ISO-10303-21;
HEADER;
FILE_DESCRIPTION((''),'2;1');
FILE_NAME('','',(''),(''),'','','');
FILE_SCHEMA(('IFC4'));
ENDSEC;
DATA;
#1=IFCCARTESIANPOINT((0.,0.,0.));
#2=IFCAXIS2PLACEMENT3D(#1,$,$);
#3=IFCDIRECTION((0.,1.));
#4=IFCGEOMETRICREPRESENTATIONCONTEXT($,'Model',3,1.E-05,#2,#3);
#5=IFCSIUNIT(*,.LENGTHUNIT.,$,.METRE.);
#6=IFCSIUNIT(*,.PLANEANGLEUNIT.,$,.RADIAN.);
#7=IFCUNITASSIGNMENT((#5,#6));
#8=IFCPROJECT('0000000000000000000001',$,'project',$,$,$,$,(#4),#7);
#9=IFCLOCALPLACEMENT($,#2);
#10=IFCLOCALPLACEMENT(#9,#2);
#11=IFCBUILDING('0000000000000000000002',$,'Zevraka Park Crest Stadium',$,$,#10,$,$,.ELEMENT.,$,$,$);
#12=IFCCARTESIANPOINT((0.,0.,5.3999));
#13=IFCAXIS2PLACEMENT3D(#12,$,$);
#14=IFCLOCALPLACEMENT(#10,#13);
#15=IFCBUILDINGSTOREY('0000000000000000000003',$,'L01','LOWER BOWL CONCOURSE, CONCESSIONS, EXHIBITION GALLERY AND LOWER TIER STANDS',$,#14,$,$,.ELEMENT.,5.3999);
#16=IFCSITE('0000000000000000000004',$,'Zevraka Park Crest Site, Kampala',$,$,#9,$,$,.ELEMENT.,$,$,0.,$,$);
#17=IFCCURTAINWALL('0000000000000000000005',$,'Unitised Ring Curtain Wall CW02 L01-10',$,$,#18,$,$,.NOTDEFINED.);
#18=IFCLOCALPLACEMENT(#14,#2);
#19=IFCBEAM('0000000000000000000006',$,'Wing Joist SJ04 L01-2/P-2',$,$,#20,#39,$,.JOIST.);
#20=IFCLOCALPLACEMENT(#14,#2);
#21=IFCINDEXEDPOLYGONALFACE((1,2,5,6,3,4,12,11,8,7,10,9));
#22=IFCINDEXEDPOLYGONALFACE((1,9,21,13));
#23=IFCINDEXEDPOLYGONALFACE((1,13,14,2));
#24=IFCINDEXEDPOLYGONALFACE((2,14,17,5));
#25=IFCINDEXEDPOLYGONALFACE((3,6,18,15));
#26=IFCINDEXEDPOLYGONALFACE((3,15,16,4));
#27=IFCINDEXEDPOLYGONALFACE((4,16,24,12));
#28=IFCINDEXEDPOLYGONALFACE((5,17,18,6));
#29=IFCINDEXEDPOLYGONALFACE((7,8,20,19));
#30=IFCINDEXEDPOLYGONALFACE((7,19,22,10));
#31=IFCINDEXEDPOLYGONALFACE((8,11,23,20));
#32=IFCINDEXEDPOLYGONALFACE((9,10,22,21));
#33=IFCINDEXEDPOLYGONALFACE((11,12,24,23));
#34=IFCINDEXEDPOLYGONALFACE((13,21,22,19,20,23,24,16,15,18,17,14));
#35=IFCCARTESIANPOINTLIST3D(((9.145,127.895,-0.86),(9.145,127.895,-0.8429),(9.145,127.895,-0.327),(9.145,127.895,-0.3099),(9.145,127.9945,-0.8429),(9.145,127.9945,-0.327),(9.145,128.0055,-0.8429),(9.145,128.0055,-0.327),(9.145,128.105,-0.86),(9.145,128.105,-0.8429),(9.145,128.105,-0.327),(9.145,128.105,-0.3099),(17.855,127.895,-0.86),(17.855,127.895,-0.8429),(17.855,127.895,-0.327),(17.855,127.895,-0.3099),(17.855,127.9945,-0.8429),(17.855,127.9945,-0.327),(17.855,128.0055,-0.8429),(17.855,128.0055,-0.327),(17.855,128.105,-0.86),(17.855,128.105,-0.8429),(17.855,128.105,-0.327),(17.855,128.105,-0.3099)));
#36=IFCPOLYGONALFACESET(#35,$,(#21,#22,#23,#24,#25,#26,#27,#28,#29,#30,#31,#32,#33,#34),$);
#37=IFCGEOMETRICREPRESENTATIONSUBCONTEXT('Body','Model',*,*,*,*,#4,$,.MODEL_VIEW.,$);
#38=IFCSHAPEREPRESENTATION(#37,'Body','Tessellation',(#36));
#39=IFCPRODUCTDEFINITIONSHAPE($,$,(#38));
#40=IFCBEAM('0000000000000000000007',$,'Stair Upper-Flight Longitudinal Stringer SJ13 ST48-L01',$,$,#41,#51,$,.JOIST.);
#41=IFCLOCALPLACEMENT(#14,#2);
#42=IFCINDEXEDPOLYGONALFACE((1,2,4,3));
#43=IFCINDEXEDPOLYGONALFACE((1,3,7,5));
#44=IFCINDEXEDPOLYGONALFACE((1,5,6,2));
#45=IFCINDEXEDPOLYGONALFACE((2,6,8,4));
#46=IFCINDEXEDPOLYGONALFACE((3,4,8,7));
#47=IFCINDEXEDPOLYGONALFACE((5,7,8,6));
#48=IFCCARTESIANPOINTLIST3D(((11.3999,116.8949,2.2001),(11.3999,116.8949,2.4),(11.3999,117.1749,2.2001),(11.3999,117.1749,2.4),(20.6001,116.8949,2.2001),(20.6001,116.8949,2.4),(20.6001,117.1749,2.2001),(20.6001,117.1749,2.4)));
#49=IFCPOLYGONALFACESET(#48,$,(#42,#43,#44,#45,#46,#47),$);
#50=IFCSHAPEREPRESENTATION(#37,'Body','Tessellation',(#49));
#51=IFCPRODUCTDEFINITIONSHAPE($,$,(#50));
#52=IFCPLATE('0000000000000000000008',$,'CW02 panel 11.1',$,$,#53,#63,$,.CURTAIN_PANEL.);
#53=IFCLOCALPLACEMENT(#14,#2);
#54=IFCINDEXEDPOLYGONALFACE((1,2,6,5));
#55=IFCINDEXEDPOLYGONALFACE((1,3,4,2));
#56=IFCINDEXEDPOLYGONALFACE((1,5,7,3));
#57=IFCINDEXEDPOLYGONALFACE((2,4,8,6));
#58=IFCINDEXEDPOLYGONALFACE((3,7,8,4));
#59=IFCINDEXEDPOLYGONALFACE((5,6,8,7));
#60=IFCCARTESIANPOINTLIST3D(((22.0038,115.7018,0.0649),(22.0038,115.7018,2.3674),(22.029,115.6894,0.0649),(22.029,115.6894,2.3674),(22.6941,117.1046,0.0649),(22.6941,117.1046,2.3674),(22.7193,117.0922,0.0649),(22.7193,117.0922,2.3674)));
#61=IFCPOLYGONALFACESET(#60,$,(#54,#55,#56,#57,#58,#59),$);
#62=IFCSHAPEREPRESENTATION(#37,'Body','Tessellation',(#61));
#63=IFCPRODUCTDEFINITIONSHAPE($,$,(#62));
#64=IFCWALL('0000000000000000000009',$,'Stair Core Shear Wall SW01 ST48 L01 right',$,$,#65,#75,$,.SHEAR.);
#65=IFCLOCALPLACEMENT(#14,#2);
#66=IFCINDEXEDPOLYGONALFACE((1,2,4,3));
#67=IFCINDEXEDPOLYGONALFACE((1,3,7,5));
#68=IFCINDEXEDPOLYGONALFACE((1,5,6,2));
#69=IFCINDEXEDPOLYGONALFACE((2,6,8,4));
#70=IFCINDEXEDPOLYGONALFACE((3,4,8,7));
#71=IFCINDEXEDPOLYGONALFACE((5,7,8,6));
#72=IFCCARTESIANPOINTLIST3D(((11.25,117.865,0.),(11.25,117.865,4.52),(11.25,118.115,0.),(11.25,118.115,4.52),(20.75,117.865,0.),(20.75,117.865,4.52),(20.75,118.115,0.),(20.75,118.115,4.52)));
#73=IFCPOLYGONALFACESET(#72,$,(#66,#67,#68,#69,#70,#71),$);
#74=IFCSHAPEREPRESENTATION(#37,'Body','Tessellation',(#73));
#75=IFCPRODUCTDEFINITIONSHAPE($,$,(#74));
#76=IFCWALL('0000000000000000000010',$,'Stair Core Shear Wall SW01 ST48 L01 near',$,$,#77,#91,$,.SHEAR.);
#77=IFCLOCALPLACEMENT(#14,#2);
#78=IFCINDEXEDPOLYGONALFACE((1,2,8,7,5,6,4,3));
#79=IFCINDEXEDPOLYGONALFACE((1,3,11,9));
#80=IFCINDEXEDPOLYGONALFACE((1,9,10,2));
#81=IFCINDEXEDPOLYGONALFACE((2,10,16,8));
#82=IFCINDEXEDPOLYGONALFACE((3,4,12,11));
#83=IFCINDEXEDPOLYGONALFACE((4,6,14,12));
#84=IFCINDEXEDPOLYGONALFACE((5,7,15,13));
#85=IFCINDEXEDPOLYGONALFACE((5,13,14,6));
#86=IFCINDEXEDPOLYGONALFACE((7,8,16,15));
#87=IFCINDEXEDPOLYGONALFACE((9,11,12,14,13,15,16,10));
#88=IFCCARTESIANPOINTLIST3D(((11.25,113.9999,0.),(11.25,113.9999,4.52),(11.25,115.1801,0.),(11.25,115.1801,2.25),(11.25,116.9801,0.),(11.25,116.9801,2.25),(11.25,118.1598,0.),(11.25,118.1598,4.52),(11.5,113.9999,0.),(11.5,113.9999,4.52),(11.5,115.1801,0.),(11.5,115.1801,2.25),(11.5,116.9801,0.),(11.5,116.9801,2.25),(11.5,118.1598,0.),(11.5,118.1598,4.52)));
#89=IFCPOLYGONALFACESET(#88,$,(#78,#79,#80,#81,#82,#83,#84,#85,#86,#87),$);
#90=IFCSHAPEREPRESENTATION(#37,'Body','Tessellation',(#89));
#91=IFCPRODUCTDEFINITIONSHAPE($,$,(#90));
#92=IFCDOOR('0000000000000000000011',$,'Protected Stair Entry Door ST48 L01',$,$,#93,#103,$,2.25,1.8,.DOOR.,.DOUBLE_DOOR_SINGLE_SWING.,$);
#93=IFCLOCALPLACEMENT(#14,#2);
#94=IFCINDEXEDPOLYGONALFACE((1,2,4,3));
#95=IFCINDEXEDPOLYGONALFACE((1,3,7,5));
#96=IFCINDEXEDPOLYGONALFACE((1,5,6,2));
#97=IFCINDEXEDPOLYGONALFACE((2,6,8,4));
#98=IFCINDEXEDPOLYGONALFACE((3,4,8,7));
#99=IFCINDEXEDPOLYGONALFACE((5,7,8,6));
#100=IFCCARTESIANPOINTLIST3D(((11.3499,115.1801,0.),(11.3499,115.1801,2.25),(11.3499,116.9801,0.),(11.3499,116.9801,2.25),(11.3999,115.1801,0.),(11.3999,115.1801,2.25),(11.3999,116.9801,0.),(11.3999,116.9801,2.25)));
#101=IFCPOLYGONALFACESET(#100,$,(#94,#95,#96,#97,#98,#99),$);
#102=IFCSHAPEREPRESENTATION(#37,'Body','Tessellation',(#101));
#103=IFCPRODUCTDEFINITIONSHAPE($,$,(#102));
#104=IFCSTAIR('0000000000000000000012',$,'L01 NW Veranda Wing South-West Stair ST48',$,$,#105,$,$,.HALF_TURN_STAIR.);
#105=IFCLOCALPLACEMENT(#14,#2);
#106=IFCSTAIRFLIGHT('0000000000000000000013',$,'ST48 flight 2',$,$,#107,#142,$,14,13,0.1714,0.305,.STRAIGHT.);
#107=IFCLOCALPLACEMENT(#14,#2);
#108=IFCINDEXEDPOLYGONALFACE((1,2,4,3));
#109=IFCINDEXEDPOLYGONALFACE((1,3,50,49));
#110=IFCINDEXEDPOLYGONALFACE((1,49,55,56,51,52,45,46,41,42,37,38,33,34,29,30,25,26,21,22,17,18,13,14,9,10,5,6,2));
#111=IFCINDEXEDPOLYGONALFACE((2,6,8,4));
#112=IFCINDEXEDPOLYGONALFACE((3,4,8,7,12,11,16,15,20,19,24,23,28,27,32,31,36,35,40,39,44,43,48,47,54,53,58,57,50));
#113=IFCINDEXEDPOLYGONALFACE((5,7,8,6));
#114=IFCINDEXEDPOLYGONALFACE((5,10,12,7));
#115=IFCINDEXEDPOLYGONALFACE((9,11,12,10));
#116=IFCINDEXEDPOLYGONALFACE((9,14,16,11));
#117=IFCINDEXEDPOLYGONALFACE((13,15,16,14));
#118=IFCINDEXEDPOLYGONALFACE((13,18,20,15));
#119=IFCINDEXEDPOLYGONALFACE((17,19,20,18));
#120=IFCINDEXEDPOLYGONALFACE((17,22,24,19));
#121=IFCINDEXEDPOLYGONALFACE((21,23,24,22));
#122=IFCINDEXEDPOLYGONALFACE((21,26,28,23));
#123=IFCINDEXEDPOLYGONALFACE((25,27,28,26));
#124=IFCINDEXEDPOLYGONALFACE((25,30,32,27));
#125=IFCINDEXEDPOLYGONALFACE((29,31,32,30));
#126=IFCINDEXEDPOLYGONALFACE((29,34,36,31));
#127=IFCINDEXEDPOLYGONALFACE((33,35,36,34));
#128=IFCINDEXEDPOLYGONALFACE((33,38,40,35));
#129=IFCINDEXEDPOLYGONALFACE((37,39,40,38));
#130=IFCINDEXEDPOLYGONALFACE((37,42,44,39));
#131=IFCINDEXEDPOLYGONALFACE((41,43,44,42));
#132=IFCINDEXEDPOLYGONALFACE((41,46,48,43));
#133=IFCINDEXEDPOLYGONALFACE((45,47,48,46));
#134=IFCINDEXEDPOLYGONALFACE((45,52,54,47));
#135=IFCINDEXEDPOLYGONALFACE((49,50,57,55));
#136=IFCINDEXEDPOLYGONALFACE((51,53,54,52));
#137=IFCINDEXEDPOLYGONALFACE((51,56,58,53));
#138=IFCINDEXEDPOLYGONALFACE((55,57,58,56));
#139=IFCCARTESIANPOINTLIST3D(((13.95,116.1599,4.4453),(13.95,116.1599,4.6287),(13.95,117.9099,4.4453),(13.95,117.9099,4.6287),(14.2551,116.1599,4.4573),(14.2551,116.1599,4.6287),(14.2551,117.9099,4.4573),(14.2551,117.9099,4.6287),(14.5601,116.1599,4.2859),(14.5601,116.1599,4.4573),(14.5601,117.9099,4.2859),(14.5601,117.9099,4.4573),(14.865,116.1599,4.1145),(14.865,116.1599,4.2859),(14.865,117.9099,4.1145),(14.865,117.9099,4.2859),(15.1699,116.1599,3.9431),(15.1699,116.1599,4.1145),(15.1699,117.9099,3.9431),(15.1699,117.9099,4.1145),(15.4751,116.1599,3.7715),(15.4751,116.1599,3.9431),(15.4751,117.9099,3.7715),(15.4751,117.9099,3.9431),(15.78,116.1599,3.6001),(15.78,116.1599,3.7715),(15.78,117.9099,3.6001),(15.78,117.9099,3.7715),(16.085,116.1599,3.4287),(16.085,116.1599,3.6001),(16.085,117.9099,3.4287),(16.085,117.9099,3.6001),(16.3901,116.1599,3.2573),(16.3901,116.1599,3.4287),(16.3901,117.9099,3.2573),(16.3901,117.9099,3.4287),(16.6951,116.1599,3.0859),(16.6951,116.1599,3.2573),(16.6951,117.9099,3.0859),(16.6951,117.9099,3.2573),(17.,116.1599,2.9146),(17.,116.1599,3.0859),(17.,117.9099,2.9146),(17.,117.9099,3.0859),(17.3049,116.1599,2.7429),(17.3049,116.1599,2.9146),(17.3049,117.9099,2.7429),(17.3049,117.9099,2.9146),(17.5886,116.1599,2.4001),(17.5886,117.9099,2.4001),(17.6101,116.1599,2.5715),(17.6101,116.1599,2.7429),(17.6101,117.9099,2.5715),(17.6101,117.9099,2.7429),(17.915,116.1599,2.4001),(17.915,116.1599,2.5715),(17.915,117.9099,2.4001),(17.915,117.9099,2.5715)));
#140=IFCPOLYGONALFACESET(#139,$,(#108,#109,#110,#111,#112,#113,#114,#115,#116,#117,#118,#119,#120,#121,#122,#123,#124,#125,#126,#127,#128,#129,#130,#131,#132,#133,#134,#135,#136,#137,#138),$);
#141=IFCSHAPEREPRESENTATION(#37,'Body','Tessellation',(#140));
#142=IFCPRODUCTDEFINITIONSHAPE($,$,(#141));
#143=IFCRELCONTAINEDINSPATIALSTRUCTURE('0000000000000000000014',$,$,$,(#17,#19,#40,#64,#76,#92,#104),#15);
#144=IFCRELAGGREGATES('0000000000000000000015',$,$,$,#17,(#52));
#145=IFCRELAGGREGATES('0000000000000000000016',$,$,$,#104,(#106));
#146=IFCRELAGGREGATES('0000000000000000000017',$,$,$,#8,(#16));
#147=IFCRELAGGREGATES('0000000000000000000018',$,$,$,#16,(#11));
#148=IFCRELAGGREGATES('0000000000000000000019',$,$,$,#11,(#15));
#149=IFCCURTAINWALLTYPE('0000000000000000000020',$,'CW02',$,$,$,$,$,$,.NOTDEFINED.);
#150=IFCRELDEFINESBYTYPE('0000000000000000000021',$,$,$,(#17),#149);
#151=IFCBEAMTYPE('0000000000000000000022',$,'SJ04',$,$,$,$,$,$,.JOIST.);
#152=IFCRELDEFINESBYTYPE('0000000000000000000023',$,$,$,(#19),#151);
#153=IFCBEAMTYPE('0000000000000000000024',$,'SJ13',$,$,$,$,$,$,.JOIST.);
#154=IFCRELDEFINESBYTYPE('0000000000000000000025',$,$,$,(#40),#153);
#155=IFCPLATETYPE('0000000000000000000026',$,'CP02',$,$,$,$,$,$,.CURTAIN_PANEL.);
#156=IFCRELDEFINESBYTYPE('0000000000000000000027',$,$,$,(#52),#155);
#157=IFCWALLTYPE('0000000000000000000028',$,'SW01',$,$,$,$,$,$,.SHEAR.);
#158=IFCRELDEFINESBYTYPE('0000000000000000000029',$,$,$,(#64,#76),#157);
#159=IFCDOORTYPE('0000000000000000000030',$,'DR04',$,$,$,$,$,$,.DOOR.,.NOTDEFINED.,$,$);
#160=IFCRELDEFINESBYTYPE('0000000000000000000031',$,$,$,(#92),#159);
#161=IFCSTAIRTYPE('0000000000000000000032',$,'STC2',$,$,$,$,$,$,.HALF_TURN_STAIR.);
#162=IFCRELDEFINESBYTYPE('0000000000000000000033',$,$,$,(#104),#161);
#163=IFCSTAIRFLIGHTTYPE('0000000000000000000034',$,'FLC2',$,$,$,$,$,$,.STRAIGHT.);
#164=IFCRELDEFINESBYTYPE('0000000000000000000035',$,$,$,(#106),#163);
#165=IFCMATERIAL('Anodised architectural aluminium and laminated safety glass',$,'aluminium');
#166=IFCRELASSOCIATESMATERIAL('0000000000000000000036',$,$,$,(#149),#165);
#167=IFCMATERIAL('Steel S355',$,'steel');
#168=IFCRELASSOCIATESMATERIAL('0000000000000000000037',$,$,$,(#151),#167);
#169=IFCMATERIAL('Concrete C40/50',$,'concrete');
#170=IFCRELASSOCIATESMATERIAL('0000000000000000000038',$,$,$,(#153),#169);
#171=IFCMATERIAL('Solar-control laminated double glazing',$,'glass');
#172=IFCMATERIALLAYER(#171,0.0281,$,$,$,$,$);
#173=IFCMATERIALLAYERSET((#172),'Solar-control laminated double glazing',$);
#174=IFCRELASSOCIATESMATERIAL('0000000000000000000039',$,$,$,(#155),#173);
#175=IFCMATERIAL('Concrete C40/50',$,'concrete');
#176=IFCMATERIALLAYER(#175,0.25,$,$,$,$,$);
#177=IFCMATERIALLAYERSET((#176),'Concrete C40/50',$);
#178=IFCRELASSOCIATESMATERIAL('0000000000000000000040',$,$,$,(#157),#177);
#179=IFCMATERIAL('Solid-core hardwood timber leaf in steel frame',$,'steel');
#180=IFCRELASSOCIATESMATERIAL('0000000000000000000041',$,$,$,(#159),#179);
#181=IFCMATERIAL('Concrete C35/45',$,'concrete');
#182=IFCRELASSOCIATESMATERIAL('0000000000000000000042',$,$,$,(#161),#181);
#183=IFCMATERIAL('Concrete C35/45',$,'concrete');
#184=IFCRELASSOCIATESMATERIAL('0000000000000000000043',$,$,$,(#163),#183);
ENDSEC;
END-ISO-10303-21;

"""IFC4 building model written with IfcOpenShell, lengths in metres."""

from ifc_helpers import new_model, si_unit, direction, frame, frame_2d, origin, origin_2d, place, context, subcontext, project, spatial, polyline, rectangle, i_section, outline, extrude, material, layer, layer_set, material_profile, profile_set, type_object, element, fill, aggregate, save


model = new_model("IFC4")

# Units and contexts
model_context = context("Model", 3, precision=1e-05, world=origin(), true_north=direction((0.0, 1.0)))
body_context = subcontext(model_context, "Body", "Model", "MODEL_VIEW")
ifc_project = project(units=[si_unit("LENGTHUNIT", "METRE"), si_unit("PLANEANGLEUNIT", "RADIAN")], contexts=[model_context])

# Site, building, storey
site_placement = place(None, origin())
site = spatial("IfcSite", under=ifc_project, at=site_placement, Name="Zevraka Park Crest Site, Kampala", CompositionType="ELEMENT", RefElevation=0.0)
building_placement = place(site_placement, origin())
building = spatial("IfcBuilding", under=site, at=building_placement, Name="Zevraka Park Crest Stadium", CompositionType="ELEMENT")
storey_placement = place(building_placement, frame((0.0, 0.0, 5.3999)))
storey = spatial("IfcBuildingStorey", under=building, at=storey_placement, Name="L01", Description="LOWER BOWL CONCOURSE, CONCESSIONS, EXHIBITION GALLERY AND LOWER TIER STANDS", CompositionType="ELEMENT", Elevation=5.3999)

# Curtain wall
ifc_material_1 = material(Name="Anodised architectural aluminium and laminated safety glass", Category="aluminium")
curtain_wall_type = type_object("IfcCurtainWallType", Name="CW02", PredefinedType="NOTDEFINED", material=ifc_material_1)
curtain_wall_placement = place(storey_placement, origin())
curtain_wall = element("IfcCurtainWall", 1, at=curtain_wall_placement, inside=storey, type_object=curtain_wall_type, Name="Unitised Ring Curtain Wall CW02 L01-10", PredefinedType="NOTDEFINED")

# Beams
ifc_material_2 = material(Name="Steel S355", Category="steel")
ifc_material_profile_1 = material_profile(ifc_material_2, i_section(OverallWidth=0.21, OverallDepth=0.55, WebThickness=0.011, FlangeThickness=0.0171, at=origin_2d()), Name="IPE 550")
ifc_profile_set_1 = profile_set([ifc_material_profile_1], Name="Steel S355")
beam_type_1 = type_object("IfcBeamType", Name="SJ04", PredefinedType="JOIST", material=ifc_profile_set_1)
for number, where, z_axis, x_axis, name in (
    (2, (9.145, 128.0, -0.585), (1.0, 0.0, 0.0), (0.0, 1.0, 0.0), "Wing Joist SJ04 L01-2/P-2"),
):
    element("IfcBeam", number, at=place(storey_placement, frame(where, z_axis=z_axis, x_axis=x_axis)), inside=storey, type_object=beam_type_1, Name=name, PredefinedType="JOIST", context=body_context, shape_type="SweptSolid", body=[
        extrude(i_section(OverallWidth=0.21, OverallDepth=0.55, WebThickness=0.011, FlangeThickness=0.0171, at=origin_2d()), origin(), (0.0, 0.0, 1.0), 8.71),
    ])
ifc_material_3 = material(Name="Concrete C40/50", Category="concrete")
ifc_material_profile_2 = material_profile(ifc_material_3, rectangle(XDim=0.28, YDim=0.2, at=origin_2d()), Name="RC 200x280")
ifc_profile_set_2 = profile_set([ifc_material_profile_2], Name="Concrete C40/50")
beam_type_2 = type_object("IfcBeamType", Name="SJ13", PredefinedType="JOIST", material=ifc_profile_set_2)
beam_1_placement = place(storey_placement, frame((11.3999, 117.0349, 2.3), z_axis=(1.0, 0.0, 0.0), x_axis=(0.0, 1.0, 0.0)))
element("IfcBeam", 3, at=beam_1_placement, inside=storey, type_object=beam_type_2, Name="Stair Upper-Flight Longitudinal Stringer SJ13 ST48-L01", PredefinedType="JOIST", context=body_context, shape_type="SweptSolid", body=[
    extrude(rectangle(XDim=0.28, YDim=0.2, at=origin_2d()), origin(), (0.0, 0.0, 1.0), 9.2002),
])

# Plate
ifc_material_4 = material(Name="Solar-control laminated double glazing", Category="glass")
ifc_layer_1 = layer(ifc_material_4, 0.0281)
ifc_layer_set_1 = layer_set([ifc_layer_1], Name="Solar-control laminated double glazing")
plate_type = type_object("IfcPlateType", Name="CP02", PredefinedType="CURTAIN_PANEL", material=ifc_layer_set_1)
plate_placement = place(storey_placement, frame((22.3616, 116.397, 0.0649), z_axis=(0.0, 0.0, 1.0), x_axis=(-0.441517, -0.897253, 0.0)))
plate = element("IfcPlate", 4, at=plate_placement, type_object=plate_type, Name="CW02 panel 11.1", PredefinedType="CURTAIN_PANEL", context=body_context, shape_type="SweptSolid", body=[
    extrude(rectangle(XDim=1.5635, YDim=0.0281, at=origin_2d()), origin(), (0.0, 0.0, 1.0), 2.3025),
])
aggregate(curtain_wall, [plate])

# Wall
ifc_material_5 = material(Name="Concrete C40/50", Category="concrete")
ifc_layer_2 = layer(ifc_material_5, 0.25)
ifc_layer_set_2 = layer_set([ifc_layer_2], Name="Concrete C40/50")
wall_type = type_object("IfcWallType", Name="SW01", PredefinedType="SHEAR", material=ifc_layer_set_2)
wall_1_placement = place(storey_placement, frame((20.75, 117.99, 0.0), z_axis=(0.0, 0.0, 1.0), x_axis=(-1.0, 0.0, 0.0)))
element("IfcWall", 5, at=wall_1_placement, inside=storey, type_object=wall_type, Name="Stair Core Shear Wall SW01 ST48 L01 right", PredefinedType="SHEAR", context=body_context, shape_type="SweptSolid", body=[
    extrude(rectangle(XDim=9.5, YDim=0.25, at=frame_2d((4.75, 0.0))), origin(), (0.0, 0.0, 1.0), 4.52),
])

# Wall, opening, door
wall_2_placement = place(storey_placement, frame((11.375, 118.1599, 0.0), z_axis=(0.0, 0.0, 1.0), x_axis=(0.0, -1.0, 0.0)))
wall_2 = element("IfcWall", 6, at=wall_2_placement, inside=storey, type_object=wall_type, Name="Stair Core Shear Wall SW01 ST48 L01 near", PredefinedType="SHEAR", context=body_context, shape_type="SweptSolid", body=[
    extrude(rectangle(XDim=4.1599, YDim=0.25, at=frame_2d((2.0801, 0.0))), origin(), (0.0, 0.0, 1.0), 4.52),
])
opening_placement = place(wall_2_placement, frame((1.1799, 0.0, 0.0)))
opening = element("IfcOpeningElement", 7, at=opening_placement, cuts=wall_2, PredefinedType="OPENING", context=body_context, shape_type="SweptSolid", body=[
    extrude(rectangle(XDim=1.8, YDim=2.25, at=frame_2d((0.8999, 1.125))), frame((0.0, 0.135, 0.0), z_axis=(0.0, -1.0, 0.0), x_axis=(1.0, 0.0, 0.0)), (0.0, 0.0, 1.0), 0.27),
])
ifc_material_6 = material(Name="Solid-core hardwood timber leaf in steel frame", Category="steel")
door_type = type_object("IfcDoorType", Name="DR04", OperationType="NOTDEFINED", PredefinedType="DOOR", material=ifc_material_6)
door_placement = place(opening_placement, origin())
door = element("IfcDoor", 8, at=door_placement, inside=storey, type_object=door_type, Name="Protected Stair Entry Door ST48 L01", OperationType="DOUBLE_DOOR_SINGLE_SWING", OverallHeight=2.25, OverallWidth=1.8, PredefinedType="DOOR", context=body_context, shape_type="SweptSolid", body=[
    extrude(rectangle(XDim=1.8, YDim=2.25, at=frame_2d((0.8999, 1.125))), frame((0.0, 0.0249, 0.0), z_axis=(0.0, -1.0, 0.0), x_axis=(1.0, 0.0, 0.0)), (0.0, 0.0, 1.0), 0.05),
])
fill(opening, door)

# Stair, stair flight
ifc_material_7 = material(Name="Concrete C35/45", Category="concrete")
stair_type = type_object("IfcStairType", Name="STC2", PredefinedType="HALF_TURN_STAIR", material=ifc_material_7)
stair_placement = place(storey_placement, origin())
stair = element("IfcStair", 9, at=stair_placement, inside=storey, type_object=stair_type, Name="L01 NW Veranda Wing South-West Stair ST48", PredefinedType="HALF_TURN_STAIR")
ifc_material_8 = material(Name="Concrete C35/45", Category="concrete")
stair_flight_type = type_object("IfcStairFlightType", Name="FLC2", PredefinedType="STRAIGHT", material=ifc_material_8)
stair_flight_placement = place(storey_placement, frame((17.915, 117.0349, 2.4001), z_axis=(0.0, 0.0, 1.0), x_axis=(-1.0, 0.0, 0.0)))
stair_flight = element("IfcStairFlight", 10, at=stair_flight_placement, type_object=stair_flight_type, Name="ST48 flight 2", NumberOfRisers=14, NumberOfTreads=13, PredefinedType="STRAIGHT", RiserHeight=0.1714, TreadLength=0.305, context=body_context, shape_type="SweptSolid", body=[
    extrude(outline(polyline([(0.0, 0.0), (0.0, 0.1714), (0.3049, 0.1714), (0.3049, 0.3428), (0.6101, 0.3428), (0.6101, 0.5144), (0.915, 0.5144), (0.915, 0.6858), (1.22, 0.6858), (1.22, 0.8572), (1.5249, 0.8572), (1.5249, 1.0286), (1.8301, 1.0286), (1.8301, 1.2), (2.135, 1.2), (2.135, 1.3713), (2.4399, 1.3713), (2.4399, 1.543), (2.7451, 1.543), (2.7451, 1.7144), (3.05, 1.7144), (3.05, 1.8857), (3.355, 1.8857), (3.355, 2.0571), (3.6599, 2.0571), (3.6599, 2.2285), (3.9651, 2.2285), (3.9651, 2.3999), (3.9651, 2.0452), (0.3264, 0.0), (0.0, 0.0)])), frame((0.0, 0.875, 0.0), z_axis=(0.0, -1.0, 0.0), x_axis=(1.0, 0.0, 0.0)), (0.0, 0.0, 1.0), 1.75),
])
aggregate(stair, [stair_flight])

save(model, "model.ifc")
